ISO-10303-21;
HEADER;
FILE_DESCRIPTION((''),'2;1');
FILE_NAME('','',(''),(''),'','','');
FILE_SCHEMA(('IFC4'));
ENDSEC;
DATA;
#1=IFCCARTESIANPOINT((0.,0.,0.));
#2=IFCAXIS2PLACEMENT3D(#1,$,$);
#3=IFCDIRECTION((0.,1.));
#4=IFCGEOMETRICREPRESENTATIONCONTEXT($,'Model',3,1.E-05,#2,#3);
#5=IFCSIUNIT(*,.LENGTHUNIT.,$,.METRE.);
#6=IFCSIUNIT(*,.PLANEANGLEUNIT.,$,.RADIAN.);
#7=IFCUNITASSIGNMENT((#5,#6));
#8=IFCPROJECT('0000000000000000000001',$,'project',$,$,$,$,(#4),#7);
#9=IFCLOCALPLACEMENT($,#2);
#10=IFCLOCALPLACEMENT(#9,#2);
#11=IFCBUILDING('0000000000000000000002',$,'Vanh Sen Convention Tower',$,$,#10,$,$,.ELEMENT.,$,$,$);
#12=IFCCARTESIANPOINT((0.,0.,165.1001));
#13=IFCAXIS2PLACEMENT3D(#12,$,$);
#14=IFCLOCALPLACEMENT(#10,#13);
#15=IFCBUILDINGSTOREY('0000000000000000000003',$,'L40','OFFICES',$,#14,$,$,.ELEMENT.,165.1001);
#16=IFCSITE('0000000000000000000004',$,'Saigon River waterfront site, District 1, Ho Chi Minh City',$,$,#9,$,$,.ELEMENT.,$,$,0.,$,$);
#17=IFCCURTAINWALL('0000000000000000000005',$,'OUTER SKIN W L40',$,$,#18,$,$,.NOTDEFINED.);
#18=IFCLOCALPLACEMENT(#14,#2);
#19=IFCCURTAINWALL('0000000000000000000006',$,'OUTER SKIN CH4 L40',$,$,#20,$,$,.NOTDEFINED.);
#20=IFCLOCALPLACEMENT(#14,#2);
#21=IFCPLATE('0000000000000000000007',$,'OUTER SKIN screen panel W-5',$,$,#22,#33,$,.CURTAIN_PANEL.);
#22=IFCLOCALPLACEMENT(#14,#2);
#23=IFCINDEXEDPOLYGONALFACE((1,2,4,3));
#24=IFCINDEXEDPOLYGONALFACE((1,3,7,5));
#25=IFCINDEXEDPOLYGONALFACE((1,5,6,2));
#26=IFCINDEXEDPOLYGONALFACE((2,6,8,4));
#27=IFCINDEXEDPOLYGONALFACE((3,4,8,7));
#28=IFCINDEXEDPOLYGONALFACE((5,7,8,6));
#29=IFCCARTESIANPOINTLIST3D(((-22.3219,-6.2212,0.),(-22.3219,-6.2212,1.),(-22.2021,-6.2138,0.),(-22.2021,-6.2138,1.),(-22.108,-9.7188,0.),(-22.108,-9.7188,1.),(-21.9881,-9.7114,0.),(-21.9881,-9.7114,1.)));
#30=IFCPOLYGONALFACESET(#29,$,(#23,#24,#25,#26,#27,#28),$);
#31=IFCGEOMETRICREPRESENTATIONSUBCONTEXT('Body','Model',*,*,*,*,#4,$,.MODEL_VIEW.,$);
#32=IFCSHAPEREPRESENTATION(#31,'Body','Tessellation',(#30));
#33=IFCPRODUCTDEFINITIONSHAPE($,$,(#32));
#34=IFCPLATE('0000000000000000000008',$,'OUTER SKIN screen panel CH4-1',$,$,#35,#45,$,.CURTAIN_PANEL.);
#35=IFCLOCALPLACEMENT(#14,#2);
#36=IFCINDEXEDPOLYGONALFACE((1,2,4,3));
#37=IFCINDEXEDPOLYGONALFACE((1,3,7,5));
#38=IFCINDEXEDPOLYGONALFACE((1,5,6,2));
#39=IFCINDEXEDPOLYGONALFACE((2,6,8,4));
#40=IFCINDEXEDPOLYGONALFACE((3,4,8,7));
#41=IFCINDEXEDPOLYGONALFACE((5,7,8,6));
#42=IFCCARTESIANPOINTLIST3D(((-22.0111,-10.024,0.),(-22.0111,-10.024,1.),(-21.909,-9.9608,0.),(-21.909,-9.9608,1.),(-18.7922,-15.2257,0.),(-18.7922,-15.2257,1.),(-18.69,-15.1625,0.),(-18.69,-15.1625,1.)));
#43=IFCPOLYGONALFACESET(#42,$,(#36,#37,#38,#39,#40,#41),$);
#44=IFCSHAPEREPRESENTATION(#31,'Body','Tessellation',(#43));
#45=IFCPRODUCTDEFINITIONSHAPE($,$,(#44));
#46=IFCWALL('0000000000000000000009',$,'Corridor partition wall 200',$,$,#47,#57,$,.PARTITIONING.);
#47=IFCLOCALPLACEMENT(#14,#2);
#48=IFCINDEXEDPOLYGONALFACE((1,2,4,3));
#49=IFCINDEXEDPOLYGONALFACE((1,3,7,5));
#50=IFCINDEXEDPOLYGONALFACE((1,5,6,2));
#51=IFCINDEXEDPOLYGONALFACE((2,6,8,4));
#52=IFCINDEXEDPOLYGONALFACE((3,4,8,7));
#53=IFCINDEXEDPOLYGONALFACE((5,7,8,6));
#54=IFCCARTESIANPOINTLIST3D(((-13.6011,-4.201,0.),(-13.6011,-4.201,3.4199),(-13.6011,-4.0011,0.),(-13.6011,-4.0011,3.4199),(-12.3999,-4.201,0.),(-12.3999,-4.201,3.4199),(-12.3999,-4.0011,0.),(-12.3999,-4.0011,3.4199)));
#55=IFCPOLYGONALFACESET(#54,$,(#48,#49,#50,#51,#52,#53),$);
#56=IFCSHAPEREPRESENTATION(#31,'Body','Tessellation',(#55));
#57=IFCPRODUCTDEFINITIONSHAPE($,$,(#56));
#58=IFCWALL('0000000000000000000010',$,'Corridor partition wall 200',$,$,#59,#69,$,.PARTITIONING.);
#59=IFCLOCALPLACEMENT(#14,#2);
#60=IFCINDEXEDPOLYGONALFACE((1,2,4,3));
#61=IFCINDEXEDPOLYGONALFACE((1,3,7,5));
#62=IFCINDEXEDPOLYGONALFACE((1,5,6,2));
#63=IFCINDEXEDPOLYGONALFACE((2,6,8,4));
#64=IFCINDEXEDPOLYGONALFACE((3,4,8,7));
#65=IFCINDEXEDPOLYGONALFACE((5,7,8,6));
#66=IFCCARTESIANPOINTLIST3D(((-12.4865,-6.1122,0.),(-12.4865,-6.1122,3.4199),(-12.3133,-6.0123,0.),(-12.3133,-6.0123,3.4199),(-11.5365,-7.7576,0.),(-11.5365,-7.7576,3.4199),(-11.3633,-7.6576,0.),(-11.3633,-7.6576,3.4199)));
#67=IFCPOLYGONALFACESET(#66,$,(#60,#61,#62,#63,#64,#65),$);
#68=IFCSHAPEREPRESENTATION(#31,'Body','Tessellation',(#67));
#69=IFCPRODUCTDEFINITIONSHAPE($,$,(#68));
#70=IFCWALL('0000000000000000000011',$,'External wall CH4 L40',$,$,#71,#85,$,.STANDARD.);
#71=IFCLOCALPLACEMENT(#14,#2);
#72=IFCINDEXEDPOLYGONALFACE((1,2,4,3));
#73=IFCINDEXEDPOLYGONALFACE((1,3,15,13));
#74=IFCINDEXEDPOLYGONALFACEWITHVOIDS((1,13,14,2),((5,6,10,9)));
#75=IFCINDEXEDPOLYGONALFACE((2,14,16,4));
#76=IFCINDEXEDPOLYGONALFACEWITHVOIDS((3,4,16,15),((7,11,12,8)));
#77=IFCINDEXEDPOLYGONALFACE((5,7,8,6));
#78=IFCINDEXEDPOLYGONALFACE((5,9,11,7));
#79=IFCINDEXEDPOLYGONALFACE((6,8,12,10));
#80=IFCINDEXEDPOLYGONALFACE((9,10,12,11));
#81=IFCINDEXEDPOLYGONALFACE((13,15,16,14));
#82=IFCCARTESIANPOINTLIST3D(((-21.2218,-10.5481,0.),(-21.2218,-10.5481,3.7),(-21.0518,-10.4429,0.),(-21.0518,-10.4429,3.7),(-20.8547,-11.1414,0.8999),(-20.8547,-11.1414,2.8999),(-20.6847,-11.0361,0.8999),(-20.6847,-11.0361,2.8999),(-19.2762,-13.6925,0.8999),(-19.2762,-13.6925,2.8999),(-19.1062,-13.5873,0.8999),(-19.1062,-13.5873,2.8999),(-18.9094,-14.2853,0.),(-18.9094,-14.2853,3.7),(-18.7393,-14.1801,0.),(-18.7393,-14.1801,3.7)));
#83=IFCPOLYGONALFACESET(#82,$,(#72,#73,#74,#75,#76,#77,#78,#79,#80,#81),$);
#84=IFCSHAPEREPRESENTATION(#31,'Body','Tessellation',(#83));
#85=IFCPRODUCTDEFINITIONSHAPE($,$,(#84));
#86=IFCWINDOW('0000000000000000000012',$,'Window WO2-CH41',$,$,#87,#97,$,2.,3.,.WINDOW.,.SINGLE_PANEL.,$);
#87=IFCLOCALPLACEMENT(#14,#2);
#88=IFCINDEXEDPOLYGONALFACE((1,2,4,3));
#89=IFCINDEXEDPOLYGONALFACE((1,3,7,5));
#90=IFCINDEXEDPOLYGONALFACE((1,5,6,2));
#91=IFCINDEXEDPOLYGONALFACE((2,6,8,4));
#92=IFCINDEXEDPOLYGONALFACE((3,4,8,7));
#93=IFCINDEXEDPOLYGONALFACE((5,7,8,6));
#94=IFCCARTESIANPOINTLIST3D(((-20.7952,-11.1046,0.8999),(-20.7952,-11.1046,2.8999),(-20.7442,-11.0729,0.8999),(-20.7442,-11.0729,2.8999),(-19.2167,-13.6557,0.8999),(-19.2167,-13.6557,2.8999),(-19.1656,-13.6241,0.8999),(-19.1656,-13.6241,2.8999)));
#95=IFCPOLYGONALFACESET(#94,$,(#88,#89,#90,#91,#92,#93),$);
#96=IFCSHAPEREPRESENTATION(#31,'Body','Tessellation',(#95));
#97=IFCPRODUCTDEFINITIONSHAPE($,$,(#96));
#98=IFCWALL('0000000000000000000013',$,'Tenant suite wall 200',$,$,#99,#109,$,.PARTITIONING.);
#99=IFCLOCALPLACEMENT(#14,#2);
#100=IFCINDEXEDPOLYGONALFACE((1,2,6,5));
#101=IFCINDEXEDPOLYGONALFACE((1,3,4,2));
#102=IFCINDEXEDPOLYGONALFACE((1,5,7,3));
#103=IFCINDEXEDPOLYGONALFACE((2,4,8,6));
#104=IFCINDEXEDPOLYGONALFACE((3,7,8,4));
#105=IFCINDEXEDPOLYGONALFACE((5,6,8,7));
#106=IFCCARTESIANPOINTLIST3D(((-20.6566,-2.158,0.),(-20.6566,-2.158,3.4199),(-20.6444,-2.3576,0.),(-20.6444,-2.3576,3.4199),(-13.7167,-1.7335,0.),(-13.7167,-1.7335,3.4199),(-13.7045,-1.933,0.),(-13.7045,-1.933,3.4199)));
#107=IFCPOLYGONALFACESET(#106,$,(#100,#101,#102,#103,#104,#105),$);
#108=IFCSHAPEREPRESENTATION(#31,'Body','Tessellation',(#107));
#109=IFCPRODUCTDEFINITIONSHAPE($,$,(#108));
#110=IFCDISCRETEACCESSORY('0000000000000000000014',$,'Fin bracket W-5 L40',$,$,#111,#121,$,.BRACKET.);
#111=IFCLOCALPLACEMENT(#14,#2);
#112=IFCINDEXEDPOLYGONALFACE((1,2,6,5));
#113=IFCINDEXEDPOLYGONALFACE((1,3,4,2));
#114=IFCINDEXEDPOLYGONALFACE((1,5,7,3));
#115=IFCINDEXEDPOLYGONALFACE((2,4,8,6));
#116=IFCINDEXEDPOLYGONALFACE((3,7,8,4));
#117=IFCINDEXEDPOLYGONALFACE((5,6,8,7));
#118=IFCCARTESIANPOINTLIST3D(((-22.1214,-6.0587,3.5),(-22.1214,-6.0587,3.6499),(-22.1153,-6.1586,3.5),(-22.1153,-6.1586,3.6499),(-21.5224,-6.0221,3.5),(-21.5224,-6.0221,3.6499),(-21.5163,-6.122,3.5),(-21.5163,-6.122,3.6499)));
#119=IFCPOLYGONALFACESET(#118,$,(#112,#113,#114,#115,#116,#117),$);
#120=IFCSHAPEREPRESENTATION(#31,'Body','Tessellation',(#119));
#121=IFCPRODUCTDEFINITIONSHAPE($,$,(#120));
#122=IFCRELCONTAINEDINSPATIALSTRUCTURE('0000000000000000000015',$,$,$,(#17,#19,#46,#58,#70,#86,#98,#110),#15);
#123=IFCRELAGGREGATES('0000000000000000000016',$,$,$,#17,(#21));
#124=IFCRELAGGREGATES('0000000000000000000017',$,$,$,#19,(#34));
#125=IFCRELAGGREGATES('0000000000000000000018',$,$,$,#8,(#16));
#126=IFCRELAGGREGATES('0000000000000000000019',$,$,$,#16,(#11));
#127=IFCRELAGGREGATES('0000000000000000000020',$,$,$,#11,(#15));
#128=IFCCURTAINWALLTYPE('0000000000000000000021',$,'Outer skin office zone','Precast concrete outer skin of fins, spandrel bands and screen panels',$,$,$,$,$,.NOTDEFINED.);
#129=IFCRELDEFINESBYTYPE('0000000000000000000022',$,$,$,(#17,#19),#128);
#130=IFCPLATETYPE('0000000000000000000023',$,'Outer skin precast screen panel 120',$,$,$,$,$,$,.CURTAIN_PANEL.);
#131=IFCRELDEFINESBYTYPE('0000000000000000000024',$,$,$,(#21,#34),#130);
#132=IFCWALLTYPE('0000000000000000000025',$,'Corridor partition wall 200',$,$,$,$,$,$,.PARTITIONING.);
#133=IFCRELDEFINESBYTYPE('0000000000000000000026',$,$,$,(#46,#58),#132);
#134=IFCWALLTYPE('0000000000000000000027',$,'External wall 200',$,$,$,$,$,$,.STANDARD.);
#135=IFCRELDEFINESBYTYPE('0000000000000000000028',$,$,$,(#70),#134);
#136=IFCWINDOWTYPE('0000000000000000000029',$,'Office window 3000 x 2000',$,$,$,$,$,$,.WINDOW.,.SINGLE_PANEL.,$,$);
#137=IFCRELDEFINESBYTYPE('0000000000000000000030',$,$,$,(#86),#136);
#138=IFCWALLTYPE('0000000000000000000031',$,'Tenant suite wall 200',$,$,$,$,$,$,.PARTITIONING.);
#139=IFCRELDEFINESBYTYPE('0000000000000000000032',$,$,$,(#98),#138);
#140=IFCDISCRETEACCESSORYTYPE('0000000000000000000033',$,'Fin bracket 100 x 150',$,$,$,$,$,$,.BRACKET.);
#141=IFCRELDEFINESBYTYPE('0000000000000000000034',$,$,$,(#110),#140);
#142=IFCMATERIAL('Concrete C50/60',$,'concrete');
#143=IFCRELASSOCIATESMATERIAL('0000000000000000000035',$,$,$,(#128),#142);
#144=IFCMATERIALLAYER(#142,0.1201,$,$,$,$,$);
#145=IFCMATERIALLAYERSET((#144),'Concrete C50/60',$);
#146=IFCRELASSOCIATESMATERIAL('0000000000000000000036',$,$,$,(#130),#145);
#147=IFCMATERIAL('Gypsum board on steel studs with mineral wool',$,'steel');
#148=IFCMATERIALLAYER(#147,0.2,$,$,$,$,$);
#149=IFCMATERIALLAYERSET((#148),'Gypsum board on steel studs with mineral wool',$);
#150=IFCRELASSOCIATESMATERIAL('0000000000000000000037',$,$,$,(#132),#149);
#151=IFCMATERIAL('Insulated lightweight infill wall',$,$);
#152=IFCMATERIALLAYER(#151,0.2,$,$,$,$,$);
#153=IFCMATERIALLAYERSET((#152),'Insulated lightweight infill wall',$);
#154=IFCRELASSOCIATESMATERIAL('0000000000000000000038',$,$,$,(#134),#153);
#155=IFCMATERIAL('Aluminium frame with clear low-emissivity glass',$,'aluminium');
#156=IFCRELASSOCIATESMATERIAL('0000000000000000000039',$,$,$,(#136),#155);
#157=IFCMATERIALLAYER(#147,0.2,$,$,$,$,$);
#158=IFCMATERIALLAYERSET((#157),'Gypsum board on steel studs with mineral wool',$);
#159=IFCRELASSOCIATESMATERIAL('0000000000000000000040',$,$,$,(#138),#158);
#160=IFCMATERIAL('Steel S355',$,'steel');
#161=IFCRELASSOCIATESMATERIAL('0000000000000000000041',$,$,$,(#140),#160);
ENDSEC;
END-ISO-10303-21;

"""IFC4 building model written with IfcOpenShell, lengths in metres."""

from ifc_helpers import new_model, si_unit, direction, frame, frame_2d, origin, origin_2d, place, context, subcontext, project, spatial, rectangle, extrude, material, layer, layer_set, type_object, element, fill, aggregate, save


model = new_model("IFC4")

# Units and contexts
model_context = context("Model", 3, precision=1e-05, world=origin(), true_north=direction((0.0, 1.0)))
body_context = subcontext(model_context, "Body", "Model", "MODEL_VIEW")
ifc_project = project(units=[si_unit("LENGTHUNIT", "METRE"), si_unit("PLANEANGLEUNIT", "RADIAN")], contexts=[model_context])

# Site, building, storey
site_placement = place(None, origin())
site = spatial("IfcSite", under=ifc_project, at=site_placement, Name="Saigon River waterfront site, District 1, Ho Chi Minh City", CompositionType="ELEMENT", RefElevation=0.0)
building_placement = place(site_placement, origin())
building = spatial("IfcBuilding", under=site, at=building_placement, Name="Vanh Sen Convention Tower", CompositionType="ELEMENT")
storey_placement = place(building_placement, frame((0.0, 0.0, 165.1001)))
storey = spatial("IfcBuildingStorey", under=building, at=storey_placement, Name="L40", Description="OFFICES", CompositionType="ELEMENT", Elevation=165.1001)

# Curtain wall
ifc_material_1 = material(Name="Concrete C50/60", Category="concrete")
curtain_wall_type = type_object("IfcCurtainWallType", Name="Outer skin office zone", Description="Precast concrete outer skin of fins, spandrel bands and screen panels", PredefinedType="NOTDEFINED", material=ifc_material_1)
curtain_wall_1_placement = place(storey_placement, origin())
curtain_wall_1 = element("IfcCurtainWall", 1, at=curtain_wall_1_placement, inside=storey, type_object=curtain_wall_type, Name="OUTER SKIN W L40", PredefinedType="NOTDEFINED")

# Curtain wall
curtain_wall_2_placement = place(storey_placement, origin())
curtain_wall_2 = element("IfcCurtainWall", 2, at=curtain_wall_2_placement, inside=storey, type_object=curtain_wall_type, Name="OUTER SKIN CH4 L40", PredefinedType="NOTDEFINED")

# Plates
ifc_layer_1 = layer(ifc_material_1, 0.1201)
ifc_layer_set_1 = layer_set([ifc_layer_1], Name="Concrete C50/60")
plate_type = type_object("IfcPlateType", Name="Outer skin precast screen panel 120", PredefinedType="CURTAIN_PANEL", material=ifc_layer_set_1)
plate_1_placement = place(storey_placement, frame((-22.155, -7.9663, 0.0), z_axis=(0.0, 0.0, 1.0), x_axis=(0.061054, -0.998134, 0.0)))
plate_1 = element("IfcPlate", 3, at=plate_1_placement, type_object=plate_type, Name="OUTER SKIN screen panel W-5", PredefinedType="CURTAIN_PANEL", context=body_context, shape_type="SweptSolid", body=[
    extrude(rectangle(XDim=3.5042, YDim=0.1201, at=origin_2d()), origin(), (0.0, 0.0, 1.0), 1.0),
])
aggregate(curtain_wall_1, [plate_1])
plate_2_placement = place(storey_placement, frame((-20.3506, -12.5933, 0.0), z_axis=(0.0, 0.0, 1.0), x_axis=(0.526218, -0.850349, 0.0)))
plate_2 = element("IfcPlate", 4, at=plate_2_placement, type_object=plate_type, Name="OUTER SKIN screen panel CH4-1", PredefinedType="CURTAIN_PANEL", context=body_context, shape_type="SweptSolid", body=[
    extrude(rectangle(XDim=6.1172, YDim=0.1201, at=origin_2d()), origin(), (0.0, 0.0, 1.0), 1.0),
])
aggregate(curtain_wall_2, [plate_2])

# Walls
ifc_material_2 = material(Name="Gypsum board on steel studs with mineral wool", Category="steel")
ifc_layer_2 = layer(ifc_material_2, 0.2)
ifc_layer_set_2 = layer_set([ifc_layer_2], Name="Gypsum board on steel studs with mineral wool")
wall_type_1 = type_object("IfcWallType", Name="Corridor partition wall 200", PredefinedType="PARTITIONING", material=ifc_layer_set_2)
wall_1_placement = place(storey_placement, frame((-13.6011, -4.1011, 0.0), z_axis=(0.0, 0.0, 1.0), x_axis=(1.0, 0.0, 0.0)))
element("IfcWall", 5, at=wall_1_placement, inside=storey, type_object=wall_type_1, Name="Corridor partition wall 200", PredefinedType="PARTITIONING", context=body_context, shape_type="SweptSolid", body=[
    extrude(rectangle(XDim=1.2012, YDim=0.2, at=frame_2d((0.6006, 0.0))), origin(), (0.0, 0.0, 1.0), 3.4199),
])
wall_2_placement = place(storey_placement, frame((-12.3999, -6.0623, 0.0), z_axis=(0.0, 0.0, 1.0), x_axis=(0.500023, -0.866012, 0.0)))
element("IfcWall", 6, at=wall_2_placement, inside=storey, type_object=wall_type_1, Name="Corridor partition wall 200", PredefinedType="PARTITIONING", context=body_context, shape_type="SweptSolid", body=[
    extrude(rectangle(XDim=1.8999, YDim=0.2, at=frame_2d((0.95, 0.0))), origin(), (0.0, 0.0, 1.0), 3.4199),
])

# Wall, opening, window
ifc_material_3 = material(Name="Insulated lightweight infill wall")
ifc_layer_3 = layer(ifc_material_3, 0.2)
ifc_layer_set_3 = layer_set([ifc_layer_3], Name="Insulated lightweight infill wall")
wall_type_2 = type_object("IfcWallType", Name="External wall 200", PredefinedType="STANDARD", material=ifc_layer_set_3)
wall_3_placement = place(storey_placement, frame((-21.1367, -10.4956, 0.0), z_axis=(0.0, 0.0, 1.0), x_axis=(0.526179, -0.850374, 0.0)))
wall_3 = element("IfcWall", 7, at=wall_3_placement, inside=storey, type_object=wall_type_2, Name="External wall CH4 L40", PredefinedType="STANDARD", context=body_context, shape_type="SweptSolid", body=[
    extrude(rectangle(XDim=4.3948, YDim=0.2, at=frame_2d((2.1973, 0.0))), origin(), (0.0, 0.0, 1.0), 3.7),
])
opening_placement = place(wall_3_placement, frame((0.6975, 0.0, 0.8999)))
opening = element("IfcOpeningElement", 8, at=opening_placement, cuts=wall_3, PredefinedType="OPENING", context=body_context, shape_type="SweptSolid", body=[
    extrude(rectangle(XDim=3.0, YDim=2.0, at=frame_2d((1.5, 1.0))), frame((0.0, 0.1099, 0.0), z_axis=(0.0, -1.0, 0.0), x_axis=(1.0, 0.0, 0.0)), (0.0, 0.0, 1.0), 0.22),
])
ifc_material_4 = material(Name="Aluminium frame with clear low-emissivity glass", Category="aluminium")
window_type = type_object("IfcWindowType", Name="Office window 3000 x 2000", PartitioningType="SINGLE_PANEL", PredefinedType="WINDOW", material=ifc_material_4)
window_placement = place(opening_placement, origin())
window = element("IfcWindow", 9, at=window_placement, inside=storey, type_object=window_type, Name="Window WO2-CH41", OverallHeight=2.0, OverallWidth=3.0, PartitioningType="SINGLE_PANEL", PredefinedType="WINDOW", context=body_context, shape_type="SweptSolid", body=[
    extrude(rectangle(XDim=3.0, YDim=2.0, at=frame_2d((1.5, 1.0))), frame((0.0, 0.03, 0.0), z_axis=(0.0, -1.0, 0.0), x_axis=(1.0, 0.0, 0.0)), (0.0, 0.0, 1.0), 0.0601),
])
fill(opening, window)

# Wall
ifc_layer_4 = layer(ifc_material_2, 0.2)
ifc_layer_set_4 = layer_set([ifc_layer_4], Name="Gypsum board on steel studs with mineral wool")
wall_type_3 = type_object("IfcWallType", Name="Tenant suite wall 200", PredefinedType="PARTITIONING", material=ifc_layer_set_4)
wall_4_placement = place(storey_placement, frame((-20.6506, -2.2578, 0.0), z_axis=(0.0, 0.0, 1.0), x_axis=(0.998134, 0.061062, 0.0)))
element("IfcWall", 10, at=wall_4_placement, inside=storey, type_object=wall_type_3, Name="Tenant suite wall 200", PredefinedType="PARTITIONING", context=body_context, shape_type="SweptSolid", body=[
    extrude(rectangle(XDim=6.9529, YDim=0.2, at=frame_2d((3.4766, 0.0))), origin(), (0.0, 0.0, 1.0), 3.4199),
])

# Discrete accessory
ifc_material_5 = material(Name="Steel S355", Category="steel")
discrete_accessory_type = type_object("IfcDiscreteAccessoryType", Name="Fin bracket 100 x 150", PredefinedType="BRACKET", material=ifc_material_5)
discrete_accessory_placement = place(storey_placement, frame((-21.8188, -6.0903, 3.5), z_axis=(0.0, 0.0, 1.0), x_axis=(-0.998135, -0.061049, 0.0)))
element("IfcDiscreteAccessory", 11, at=discrete_accessory_placement, inside=storey, type_object=discrete_accessory_type, Name="Fin bracket W-5 L40", PredefinedType="BRACKET", context=body_context, shape_type="SweptSolid", body=[
    extrude(rectangle(XDim=0.6001, YDim=0.1001, at=origin_2d()), origin(), (0.0, 0.0, 1.0), 0.1499),
])

save(model, "model.ifc")
